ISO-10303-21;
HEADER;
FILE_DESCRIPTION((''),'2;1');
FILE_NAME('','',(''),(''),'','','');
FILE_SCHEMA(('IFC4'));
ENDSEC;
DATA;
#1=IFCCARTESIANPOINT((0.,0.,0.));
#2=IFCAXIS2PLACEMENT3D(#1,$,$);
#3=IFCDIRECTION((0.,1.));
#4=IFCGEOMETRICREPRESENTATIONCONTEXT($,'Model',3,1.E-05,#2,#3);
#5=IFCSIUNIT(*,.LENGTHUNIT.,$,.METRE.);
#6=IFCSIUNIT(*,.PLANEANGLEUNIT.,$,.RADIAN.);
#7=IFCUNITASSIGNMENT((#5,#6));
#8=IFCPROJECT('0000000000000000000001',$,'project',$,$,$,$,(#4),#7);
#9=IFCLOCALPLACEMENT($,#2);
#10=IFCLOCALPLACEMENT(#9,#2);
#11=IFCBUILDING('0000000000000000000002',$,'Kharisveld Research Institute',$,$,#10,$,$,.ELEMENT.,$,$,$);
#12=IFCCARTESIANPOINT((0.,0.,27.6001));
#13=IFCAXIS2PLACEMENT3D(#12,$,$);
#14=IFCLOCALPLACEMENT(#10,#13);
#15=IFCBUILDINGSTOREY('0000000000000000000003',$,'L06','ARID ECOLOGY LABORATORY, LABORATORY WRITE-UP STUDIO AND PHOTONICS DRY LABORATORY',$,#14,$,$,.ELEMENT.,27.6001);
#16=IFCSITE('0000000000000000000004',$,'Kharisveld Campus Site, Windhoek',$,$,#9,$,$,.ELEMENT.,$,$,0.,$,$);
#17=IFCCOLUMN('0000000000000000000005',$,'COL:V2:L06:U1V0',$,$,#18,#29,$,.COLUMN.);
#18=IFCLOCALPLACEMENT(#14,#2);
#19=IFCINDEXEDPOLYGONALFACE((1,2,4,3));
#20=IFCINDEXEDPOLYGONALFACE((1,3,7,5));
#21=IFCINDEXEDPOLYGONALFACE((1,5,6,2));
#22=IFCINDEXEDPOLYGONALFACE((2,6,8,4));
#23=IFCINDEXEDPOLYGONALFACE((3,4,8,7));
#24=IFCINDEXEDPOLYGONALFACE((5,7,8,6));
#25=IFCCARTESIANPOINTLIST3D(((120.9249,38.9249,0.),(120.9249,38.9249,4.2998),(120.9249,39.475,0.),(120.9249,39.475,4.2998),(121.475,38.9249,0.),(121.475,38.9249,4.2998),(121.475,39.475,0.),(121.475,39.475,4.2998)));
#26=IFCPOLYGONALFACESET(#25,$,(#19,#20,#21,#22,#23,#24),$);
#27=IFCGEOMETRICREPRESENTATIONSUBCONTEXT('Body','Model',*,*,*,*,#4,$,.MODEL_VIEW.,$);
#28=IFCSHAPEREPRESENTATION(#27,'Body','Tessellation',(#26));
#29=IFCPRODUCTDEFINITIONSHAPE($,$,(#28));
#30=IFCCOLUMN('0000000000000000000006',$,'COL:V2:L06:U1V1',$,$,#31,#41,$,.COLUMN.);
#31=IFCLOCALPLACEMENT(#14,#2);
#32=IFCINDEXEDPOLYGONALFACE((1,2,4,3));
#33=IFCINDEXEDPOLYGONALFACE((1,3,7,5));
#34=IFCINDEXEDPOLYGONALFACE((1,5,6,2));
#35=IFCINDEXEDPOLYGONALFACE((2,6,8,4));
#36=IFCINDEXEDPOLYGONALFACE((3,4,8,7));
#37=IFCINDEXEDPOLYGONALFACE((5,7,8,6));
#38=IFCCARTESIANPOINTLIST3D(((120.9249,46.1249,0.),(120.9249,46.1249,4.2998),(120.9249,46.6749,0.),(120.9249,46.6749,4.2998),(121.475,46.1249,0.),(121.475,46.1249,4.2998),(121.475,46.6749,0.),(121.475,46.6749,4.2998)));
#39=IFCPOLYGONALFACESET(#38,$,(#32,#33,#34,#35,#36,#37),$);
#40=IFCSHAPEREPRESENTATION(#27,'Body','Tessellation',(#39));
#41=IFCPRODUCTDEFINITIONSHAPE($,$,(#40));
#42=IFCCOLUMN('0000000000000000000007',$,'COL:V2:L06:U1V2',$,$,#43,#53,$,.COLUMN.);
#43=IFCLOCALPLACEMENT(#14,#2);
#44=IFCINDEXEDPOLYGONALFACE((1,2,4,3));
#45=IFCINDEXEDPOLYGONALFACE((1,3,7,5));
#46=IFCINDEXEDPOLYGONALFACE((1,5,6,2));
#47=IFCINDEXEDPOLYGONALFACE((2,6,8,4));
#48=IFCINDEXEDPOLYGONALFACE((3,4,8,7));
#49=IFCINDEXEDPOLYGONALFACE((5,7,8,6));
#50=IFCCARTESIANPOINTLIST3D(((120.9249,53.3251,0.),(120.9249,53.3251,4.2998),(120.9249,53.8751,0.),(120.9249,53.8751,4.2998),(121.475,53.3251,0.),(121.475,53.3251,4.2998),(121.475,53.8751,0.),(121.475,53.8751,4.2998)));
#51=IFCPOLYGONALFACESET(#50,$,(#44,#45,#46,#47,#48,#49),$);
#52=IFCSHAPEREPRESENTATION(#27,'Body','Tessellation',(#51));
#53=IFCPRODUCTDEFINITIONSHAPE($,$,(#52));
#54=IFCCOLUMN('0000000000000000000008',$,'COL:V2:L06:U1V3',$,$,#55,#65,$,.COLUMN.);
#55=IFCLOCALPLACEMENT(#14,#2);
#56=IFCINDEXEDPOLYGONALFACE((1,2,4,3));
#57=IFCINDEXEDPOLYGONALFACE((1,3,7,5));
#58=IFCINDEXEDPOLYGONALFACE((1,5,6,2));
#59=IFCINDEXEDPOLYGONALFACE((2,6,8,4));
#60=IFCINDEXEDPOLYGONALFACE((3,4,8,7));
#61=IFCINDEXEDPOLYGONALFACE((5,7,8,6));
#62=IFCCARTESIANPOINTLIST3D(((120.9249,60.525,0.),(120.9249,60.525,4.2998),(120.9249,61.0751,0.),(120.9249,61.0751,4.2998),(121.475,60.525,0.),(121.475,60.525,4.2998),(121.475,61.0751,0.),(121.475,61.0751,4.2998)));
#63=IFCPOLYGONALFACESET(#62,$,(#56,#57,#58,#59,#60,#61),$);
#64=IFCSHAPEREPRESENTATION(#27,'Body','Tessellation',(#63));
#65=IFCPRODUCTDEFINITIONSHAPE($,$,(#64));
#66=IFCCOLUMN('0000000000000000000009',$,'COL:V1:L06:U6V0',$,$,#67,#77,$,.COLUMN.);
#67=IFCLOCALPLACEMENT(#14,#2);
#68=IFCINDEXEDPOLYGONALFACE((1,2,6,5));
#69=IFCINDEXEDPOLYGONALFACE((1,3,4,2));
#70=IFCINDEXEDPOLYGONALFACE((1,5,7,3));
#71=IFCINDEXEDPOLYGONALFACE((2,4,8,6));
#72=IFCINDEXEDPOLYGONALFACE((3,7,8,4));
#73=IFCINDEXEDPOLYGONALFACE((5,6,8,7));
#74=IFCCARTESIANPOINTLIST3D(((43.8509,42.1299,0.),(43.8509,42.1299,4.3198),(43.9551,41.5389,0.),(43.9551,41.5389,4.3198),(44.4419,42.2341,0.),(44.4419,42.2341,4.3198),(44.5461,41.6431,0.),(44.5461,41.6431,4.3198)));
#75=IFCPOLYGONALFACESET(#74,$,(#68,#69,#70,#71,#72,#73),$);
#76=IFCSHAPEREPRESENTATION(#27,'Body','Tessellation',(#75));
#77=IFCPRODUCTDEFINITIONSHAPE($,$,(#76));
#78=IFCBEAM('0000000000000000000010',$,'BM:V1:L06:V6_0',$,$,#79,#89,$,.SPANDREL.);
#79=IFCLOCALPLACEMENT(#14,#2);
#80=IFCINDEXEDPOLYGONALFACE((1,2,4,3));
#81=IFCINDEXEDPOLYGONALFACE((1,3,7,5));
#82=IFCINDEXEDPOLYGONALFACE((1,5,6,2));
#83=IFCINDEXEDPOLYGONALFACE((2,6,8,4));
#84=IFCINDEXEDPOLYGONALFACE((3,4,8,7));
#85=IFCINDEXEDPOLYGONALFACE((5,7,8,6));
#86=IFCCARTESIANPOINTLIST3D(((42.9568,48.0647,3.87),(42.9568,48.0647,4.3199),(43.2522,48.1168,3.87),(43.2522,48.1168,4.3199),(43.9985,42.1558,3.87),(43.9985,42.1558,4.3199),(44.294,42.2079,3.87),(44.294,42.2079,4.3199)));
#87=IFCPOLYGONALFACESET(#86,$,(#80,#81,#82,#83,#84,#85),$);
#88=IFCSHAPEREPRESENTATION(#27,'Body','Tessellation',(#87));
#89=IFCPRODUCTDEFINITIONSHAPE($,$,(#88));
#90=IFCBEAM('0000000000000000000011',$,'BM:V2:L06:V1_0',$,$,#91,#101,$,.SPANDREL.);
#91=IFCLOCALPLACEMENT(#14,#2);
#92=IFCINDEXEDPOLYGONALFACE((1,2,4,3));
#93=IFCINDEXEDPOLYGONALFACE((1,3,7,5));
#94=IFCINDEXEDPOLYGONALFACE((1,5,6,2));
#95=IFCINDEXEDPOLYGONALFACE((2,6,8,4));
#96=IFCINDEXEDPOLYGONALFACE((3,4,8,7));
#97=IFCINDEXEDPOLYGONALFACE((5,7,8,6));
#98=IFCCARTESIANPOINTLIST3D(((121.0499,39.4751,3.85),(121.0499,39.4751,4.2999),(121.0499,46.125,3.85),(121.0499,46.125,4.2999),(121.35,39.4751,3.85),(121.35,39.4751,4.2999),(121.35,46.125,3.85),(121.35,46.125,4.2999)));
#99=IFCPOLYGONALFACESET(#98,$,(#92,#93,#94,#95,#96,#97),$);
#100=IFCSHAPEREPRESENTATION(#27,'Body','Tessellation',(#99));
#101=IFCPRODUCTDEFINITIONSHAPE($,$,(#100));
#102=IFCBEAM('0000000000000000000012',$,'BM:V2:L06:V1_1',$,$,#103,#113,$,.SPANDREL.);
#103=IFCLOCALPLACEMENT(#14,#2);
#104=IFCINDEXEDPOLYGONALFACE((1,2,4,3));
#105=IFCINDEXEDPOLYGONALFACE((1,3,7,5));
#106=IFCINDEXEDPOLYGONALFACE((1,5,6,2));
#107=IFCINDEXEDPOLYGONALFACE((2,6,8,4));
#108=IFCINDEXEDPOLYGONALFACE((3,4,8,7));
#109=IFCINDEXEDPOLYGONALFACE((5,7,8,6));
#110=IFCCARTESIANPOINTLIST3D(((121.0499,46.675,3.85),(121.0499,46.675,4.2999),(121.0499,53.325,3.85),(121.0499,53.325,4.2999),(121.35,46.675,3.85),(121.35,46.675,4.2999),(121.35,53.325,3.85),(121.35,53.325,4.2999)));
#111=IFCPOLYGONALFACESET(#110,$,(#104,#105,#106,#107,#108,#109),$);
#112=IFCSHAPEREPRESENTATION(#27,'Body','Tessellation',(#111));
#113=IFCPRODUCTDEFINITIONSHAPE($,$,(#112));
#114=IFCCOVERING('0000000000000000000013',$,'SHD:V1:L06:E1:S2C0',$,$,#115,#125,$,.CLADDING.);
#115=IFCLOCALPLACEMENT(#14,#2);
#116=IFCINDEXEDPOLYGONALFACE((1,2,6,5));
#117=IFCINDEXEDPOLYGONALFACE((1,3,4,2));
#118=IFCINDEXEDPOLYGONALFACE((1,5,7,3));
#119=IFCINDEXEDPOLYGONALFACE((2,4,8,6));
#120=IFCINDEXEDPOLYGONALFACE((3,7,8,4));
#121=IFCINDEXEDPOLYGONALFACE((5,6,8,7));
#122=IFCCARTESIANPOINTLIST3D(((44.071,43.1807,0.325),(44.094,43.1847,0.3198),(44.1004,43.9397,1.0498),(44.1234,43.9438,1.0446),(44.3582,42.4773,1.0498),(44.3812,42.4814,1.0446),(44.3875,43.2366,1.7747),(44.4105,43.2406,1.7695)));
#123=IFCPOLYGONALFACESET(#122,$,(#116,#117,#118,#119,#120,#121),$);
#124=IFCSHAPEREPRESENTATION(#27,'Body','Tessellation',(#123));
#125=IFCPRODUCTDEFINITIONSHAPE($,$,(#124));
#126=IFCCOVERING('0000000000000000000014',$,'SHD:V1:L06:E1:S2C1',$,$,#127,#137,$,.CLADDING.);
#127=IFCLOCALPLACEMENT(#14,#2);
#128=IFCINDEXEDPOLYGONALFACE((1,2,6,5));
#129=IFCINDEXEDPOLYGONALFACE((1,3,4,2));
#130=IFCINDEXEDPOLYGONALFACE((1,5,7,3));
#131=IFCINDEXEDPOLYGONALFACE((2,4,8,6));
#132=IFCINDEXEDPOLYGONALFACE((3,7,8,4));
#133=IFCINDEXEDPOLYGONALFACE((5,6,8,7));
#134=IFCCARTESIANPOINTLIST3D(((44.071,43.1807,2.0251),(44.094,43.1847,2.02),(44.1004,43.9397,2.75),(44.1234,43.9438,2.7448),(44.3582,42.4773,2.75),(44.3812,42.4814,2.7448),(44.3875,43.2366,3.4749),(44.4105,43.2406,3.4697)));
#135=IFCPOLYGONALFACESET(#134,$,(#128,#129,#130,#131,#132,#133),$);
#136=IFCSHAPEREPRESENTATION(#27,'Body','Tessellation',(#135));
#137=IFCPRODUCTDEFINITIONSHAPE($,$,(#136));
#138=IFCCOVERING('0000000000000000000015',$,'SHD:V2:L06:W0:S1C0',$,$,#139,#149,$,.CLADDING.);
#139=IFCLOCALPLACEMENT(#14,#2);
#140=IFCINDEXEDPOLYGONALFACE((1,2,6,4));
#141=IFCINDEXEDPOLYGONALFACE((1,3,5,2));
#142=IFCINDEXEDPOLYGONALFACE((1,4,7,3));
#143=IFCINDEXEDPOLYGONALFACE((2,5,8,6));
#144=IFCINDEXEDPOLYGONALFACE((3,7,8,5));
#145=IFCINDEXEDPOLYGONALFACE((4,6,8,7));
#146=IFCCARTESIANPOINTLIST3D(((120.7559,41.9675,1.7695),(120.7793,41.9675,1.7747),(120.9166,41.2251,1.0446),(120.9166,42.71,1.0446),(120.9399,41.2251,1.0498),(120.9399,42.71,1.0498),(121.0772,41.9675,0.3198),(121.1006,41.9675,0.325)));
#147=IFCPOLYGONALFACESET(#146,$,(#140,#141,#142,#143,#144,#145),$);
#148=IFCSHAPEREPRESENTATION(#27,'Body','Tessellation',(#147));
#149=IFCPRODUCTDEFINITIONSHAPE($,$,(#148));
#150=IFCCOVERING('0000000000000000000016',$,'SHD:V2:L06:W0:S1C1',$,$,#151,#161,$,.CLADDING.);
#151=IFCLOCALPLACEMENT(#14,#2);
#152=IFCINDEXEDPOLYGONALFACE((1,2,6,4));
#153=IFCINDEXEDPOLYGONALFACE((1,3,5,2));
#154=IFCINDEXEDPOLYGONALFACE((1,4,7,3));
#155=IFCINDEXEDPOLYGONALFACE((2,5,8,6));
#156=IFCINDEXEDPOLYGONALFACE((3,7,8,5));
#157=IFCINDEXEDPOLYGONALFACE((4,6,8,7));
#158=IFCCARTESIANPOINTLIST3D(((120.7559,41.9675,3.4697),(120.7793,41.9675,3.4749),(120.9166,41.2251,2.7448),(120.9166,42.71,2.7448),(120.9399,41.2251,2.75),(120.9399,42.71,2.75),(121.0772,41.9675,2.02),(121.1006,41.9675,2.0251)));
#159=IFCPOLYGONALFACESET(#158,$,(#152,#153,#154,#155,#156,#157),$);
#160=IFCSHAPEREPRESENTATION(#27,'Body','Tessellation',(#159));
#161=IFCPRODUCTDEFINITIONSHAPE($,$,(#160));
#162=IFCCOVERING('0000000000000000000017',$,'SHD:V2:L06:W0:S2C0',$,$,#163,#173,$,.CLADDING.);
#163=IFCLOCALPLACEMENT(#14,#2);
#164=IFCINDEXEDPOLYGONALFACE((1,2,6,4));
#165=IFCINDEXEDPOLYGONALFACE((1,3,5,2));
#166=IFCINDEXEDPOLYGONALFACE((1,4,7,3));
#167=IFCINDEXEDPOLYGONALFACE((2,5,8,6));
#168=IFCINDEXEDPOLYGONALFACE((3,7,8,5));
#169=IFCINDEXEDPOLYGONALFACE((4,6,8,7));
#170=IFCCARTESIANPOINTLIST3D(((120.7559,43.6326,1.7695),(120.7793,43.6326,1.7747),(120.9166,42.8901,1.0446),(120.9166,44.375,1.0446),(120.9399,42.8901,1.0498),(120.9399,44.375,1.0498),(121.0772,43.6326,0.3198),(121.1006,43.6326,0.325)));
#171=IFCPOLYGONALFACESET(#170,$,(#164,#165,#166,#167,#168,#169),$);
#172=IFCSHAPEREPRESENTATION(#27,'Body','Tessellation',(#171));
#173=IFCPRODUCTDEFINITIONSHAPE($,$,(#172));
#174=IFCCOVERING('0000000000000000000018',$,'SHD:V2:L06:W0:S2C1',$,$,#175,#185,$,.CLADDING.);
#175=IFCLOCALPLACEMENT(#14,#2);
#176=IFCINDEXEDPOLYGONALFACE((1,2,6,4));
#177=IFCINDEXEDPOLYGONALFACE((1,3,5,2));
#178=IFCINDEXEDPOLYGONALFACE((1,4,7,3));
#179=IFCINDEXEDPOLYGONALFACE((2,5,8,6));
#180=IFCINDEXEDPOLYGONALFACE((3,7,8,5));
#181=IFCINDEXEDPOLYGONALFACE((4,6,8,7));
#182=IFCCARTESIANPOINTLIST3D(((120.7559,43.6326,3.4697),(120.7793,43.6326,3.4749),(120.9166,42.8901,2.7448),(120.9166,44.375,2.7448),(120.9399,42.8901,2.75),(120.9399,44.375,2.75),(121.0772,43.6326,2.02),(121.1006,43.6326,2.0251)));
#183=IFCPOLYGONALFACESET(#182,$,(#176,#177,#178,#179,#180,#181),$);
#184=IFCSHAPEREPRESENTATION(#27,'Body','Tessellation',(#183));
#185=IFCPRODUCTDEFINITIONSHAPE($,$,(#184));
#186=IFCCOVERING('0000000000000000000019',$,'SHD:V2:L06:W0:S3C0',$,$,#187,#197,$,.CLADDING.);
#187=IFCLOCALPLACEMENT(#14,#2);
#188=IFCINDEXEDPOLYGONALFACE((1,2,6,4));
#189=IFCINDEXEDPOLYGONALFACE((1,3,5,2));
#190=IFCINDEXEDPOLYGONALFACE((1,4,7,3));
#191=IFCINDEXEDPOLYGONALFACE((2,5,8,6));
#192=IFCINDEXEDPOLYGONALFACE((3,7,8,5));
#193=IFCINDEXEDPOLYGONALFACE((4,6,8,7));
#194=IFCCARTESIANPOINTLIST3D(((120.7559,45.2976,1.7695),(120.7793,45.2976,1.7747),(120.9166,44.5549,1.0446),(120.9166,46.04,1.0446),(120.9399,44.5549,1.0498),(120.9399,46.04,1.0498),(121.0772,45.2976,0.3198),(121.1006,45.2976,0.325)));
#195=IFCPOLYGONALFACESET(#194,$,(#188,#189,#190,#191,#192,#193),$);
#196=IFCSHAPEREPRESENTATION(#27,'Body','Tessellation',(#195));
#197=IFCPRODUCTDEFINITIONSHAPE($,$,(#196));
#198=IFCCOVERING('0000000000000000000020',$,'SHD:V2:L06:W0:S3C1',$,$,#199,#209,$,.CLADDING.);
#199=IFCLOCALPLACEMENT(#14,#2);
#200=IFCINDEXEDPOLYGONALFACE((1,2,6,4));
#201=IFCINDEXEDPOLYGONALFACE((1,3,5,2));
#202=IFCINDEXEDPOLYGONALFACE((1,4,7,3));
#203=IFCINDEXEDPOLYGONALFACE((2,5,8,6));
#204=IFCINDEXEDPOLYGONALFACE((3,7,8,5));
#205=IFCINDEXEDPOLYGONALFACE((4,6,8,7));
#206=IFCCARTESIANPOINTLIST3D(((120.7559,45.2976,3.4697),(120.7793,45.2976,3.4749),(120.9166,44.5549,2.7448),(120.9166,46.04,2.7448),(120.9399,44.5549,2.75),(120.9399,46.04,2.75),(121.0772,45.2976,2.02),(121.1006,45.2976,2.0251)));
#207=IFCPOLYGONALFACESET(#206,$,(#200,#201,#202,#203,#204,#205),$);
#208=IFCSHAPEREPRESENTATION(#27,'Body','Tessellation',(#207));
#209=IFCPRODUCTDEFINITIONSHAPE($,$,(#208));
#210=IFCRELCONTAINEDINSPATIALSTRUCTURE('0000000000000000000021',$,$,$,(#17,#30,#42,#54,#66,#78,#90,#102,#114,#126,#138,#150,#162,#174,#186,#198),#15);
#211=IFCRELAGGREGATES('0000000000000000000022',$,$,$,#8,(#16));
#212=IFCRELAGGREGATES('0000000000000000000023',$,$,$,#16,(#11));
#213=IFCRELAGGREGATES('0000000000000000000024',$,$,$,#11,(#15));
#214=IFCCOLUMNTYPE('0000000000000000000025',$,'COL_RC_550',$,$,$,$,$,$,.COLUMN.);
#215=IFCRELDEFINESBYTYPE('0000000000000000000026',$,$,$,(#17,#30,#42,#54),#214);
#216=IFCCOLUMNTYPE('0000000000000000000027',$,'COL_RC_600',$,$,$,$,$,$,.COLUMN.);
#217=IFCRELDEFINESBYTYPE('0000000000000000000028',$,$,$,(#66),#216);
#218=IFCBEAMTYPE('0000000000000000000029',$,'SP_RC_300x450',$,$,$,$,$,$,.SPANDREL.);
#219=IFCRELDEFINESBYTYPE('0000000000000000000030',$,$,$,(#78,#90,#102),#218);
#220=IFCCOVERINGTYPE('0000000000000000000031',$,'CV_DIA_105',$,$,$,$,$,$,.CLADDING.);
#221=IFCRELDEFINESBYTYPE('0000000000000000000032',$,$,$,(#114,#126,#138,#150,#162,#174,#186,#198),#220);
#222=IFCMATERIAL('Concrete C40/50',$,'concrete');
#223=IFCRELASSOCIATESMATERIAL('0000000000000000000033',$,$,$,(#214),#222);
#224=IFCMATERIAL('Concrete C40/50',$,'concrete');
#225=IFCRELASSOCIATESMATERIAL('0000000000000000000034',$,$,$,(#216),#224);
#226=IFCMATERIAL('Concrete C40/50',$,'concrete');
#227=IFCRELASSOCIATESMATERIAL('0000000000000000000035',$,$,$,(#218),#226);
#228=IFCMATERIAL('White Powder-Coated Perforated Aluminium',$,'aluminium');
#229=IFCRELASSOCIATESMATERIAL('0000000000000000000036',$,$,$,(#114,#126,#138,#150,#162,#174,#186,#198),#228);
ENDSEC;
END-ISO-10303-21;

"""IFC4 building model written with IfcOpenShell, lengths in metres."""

from ifc_helpers import new_model, si_unit, direction, frame, origin, origin_2d, place, context, subcontext, project, spatial, polyline, rectangle, outline, extrude, material, material_profile, profile_set, type_object, element, save


model = new_model("IFC4")

# Units and contexts
model_context = context("Model", 3, precision=1e-05, world=origin(), true_north=direction((0.0, 1.0)))
body_context = subcontext(model_context, "Body", "Model", "MODEL_VIEW")
ifc_project = project(units=[si_unit("LENGTHUNIT", "METRE"), si_unit("PLANEANGLEUNIT", "RADIAN")], contexts=[model_context])

# Site, building, storey
site_placement = place(None, origin())
site = spatial("IfcSite", under=ifc_project, at=site_placement, Name="Kharisveld Campus Site, Windhoek", CompositionType="ELEMENT", RefElevation=0.0)
building_placement = place(site_placement, origin())
building = spatial("IfcBuilding", under=site, at=building_placement, Name="Kharisveld Research Institute", CompositionType="ELEMENT")
storey_placement = place(building_placement, frame((0.0, 0.0, 27.6001)))
storey = spatial("IfcBuildingStorey", under=building, at=storey_placement, Name="L06", Description="ARID ECOLOGY LABORATORY, LABORATORY WRITE-UP STUDIO AND PHOTONICS DRY LABORATORY", CompositionType="ELEMENT", Elevation=27.6001)

# Columns
ifc_material_1 = material(Name="Concrete C40/50", Category="concrete")
ifc_material_profile_1 = material_profile(ifc_material_1, rectangle(XDim=0.55, YDim=0.55, at=origin_2d()))
ifc_profile_set_1 = profile_set([ifc_material_profile_1], Name="Concrete C40/50")
column_type_1 = type_object("IfcColumnType", Name="COL_RC_550", PredefinedType="COLUMN", material=ifc_profile_set_1)
for number, where, z_axis, x_axis, name in (
    (1, (121.2, 39.2, 0.0), (0.0, 0.0, 1.0), (1.0, 0.0, 0.0), "COL:V2:L06:U1V0"),
    (2, (121.2, 46.3999, 0.0), (0.0, 0.0, 1.0), (1.0, 0.0, 0.0), "COL:V2:L06:U1V1"),
    (3, (121.2, 53.6001, 0.0), (0.0, 0.0, 1.0), (1.0, 0.0, 0.0), "COL:V2:L06:U1V2"),
    (4, (121.2, 60.8, 0.0), (0.0, 0.0, 1.0), (1.0, 0.0, 0.0), "COL:V2:L06:U1V3"),
):
    element("IfcColumn", number, at=place(storey_placement, frame(where, z_axis=z_axis, x_axis=x_axis)), inside=storey, type_object=column_type_1, Name=name, PredefinedType="COLUMN", context=body_context, shape_type="SweptSolid", body=[
        extrude(rectangle(XDim=0.55, YDim=0.55, at=origin_2d()), origin(), (0.0, 0.0, 1.0), 4.2998),
    ])
ifc_material_2 = material(Name="Concrete C40/50", Category="concrete")
ifc_material_profile_2 = material_profile(ifc_material_2, rectangle(XDim=0.6001, YDim=0.6001, at=origin_2d()))
ifc_profile_set_2 = profile_set([ifc_material_profile_2], Name="Concrete C40/50")
column_type_2 = type_object("IfcColumnType", Name="COL_RC_600", PredefinedType="COLUMN", material=ifc_profile_set_2)
column_placement = place(storey_placement, frame((44.1985, 41.8865, 0.0), z_axis=(0.0, 0.0, 1.0), x_axis=(0.984808, 0.173648, 0.0)))
element("IfcColumn", 5, at=column_placement, inside=storey, type_object=column_type_2, Name="COL:V1:L06:U6V0", PredefinedType="COLUMN", context=body_context, shape_type="SweptSolid", body=[
    extrude(rectangle(XDim=0.6001, YDim=0.6001, at=origin_2d()), origin(), (0.0, 0.0, 1.0), 4.3198),
])

# Beams
ifc_material_3 = material(Name="Concrete C40/50", Category="concrete")
ifc_material_profile_3 = material_profile(ifc_material_3, rectangle(XDim=0.3, YDim=0.45, at=origin_2d()))
ifc_profile_set_3 = profile_set([ifc_material_profile_3], Name="Concrete C40/50")
beam_type = type_object("IfcBeamType", Name="SP_RC_300x450", PredefinedType="SPANDREL", material=ifc_profile_set_3)
beam_placement = place(storey_placement, frame((44.1462, 42.1819, 4.095), z_axis=(-0.173623, 0.984812, 0.0), x_axis=(-0.984812, -0.173623, 0.0)))
element("IfcBeam", 6, at=beam_placement, inside=storey, type_object=beam_type, Name="BM:V1:L06:V6_0", PredefinedType="SPANDREL", context=body_context, shape_type="SweptSolid", body=[
    extrude(rectangle(XDim=0.3, YDim=0.45, at=origin_2d()), origin(), (0.0, 0.0, 1.0), 6.0),
])
for number, where, z_axis, x_axis, name in (
    (7, (121.2, 39.4751, 4.075), (0.0, 1.0, 0.0), (-1.0, 0.0, 0.0), "BM:V2:L06:V1_0"),
    (8, (121.2, 46.675, 4.075), (0.0, 1.0, 0.0), (-1.0, 0.0, 0.0), "BM:V2:L06:V1_1"),
):
    element("IfcBeam", number, at=place(storey_placement, frame(where, z_axis=z_axis, x_axis=x_axis)), inside=storey, type_object=beam_type, Name=name, PredefinedType="SPANDREL", context=body_context, shape_type="SweptSolid", body=[
        extrude(rectangle(XDim=0.3, YDim=0.45, at=origin_2d()), origin(), (0.0, 0.0, 1.0), 6.6499),
    ])

# Coverings
ifc_material_4 = material(Name="White Powder-Coated Perforated Aluminium", Category="aluminium")
covering_type = type_object("IfcCoveringType", Name="CV_DIA_105", PredefinedType="CLADDING")
for number, where, z_axis, x_axis, name in (
    (9, (44.071, 43.1807, 0.325), (-0.961481, -0.169503, 0.216385), (0.273447, -0.66985, 0.69031), "SHD:V1:L06:E1:S2C0"),
    (10, (44.071, 43.1807, 2.0251), (-0.961481, -0.169503, 0.216385), (0.273447, -0.66985, 0.69031), "SHD:V1:L06:E1:S2C1"),
):
    element("IfcCovering", number, at=place(storey_placement, frame(where, z_axis=z_axis, x_axis=x_axis)), inside=storey, type_object=covering_type, material=ifc_material_4, Name=name, PredefinedType="CLADDING", context=body_context, shape_type="SweptSolid", body=[
        extrude(outline(polyline([(0.0, 0.0), (1.05, 0.0), (1.0498, 1.0501), (-0.0001, 1.05), (0.0, 0.0)])), origin(), (0.0, 0.0, -1.0), 0.0239),
    ])
for number, where, z_axis, x_axis, name in (
    (11, (121.1006, 41.9675, 0.325), (0.976311, 0.0, 0.216373), (-0.153, 0.707102, 0.69036), "SHD:V2:L06:W0:S1C0"),
    (12, (121.1006, 41.9675, 2.0251), (0.976311, 0.0, 0.216373), (-0.153, 0.707102, 0.69036), "SHD:V2:L06:W0:S1C1"),
    (13, (121.1006, 43.6326, 0.325), (0.976311, 0.0, 0.216373), (-0.153, 0.707102, 0.69036), "SHD:V2:L06:W0:S2C0"),
    (14, (121.1006, 43.6326, 2.0251), (0.976311, 0.0, 0.216373), (-0.153, 0.707102, 0.69036), "SHD:V2:L06:W0:S2C1"),
):
    element("IfcCovering", number, at=place(storey_placement, frame(where, z_axis=z_axis, x_axis=x_axis)), inside=storey, type_object=covering_type, material=ifc_material_4, Name=name, PredefinedType="CLADDING", context=body_context, shape_type="SweptSolid", body=[
        extrude(outline(polyline([(0.0, 0.0), (1.05, 0.0), (1.05, 1.05), (0.0, 1.05), (0.0, 0.0)])), origin(), (0.0, 0.0, -1.0), 0.0239),
    ])
for number, where, z_axis, x_axis, name in (
    (15, (121.1006, 45.2976, 0.325), (0.976311, 0.0, 0.216373), (-0.153, 0.707102, 0.69036), "SHD:V2:L06:W0:S3C0"),
    (16, (121.1006, 45.2976, 2.0251), (0.976311, 0.0, 0.216373), (-0.153, 0.707102, 0.69036), "SHD:V2:L06:W0:S3C1"),
):
    element("IfcCovering", number, at=place(storey_placement, frame(where, z_axis=z_axis, x_axis=x_axis)), inside=storey, type_object=covering_type, material=ifc_material_4, Name=name, PredefinedType="CLADDING", context=body_context, shape_type="SweptSolid", body=[
        extrude(outline(polyline([(0.0, 0.0), (1.05, 0.0), (1.05, 1.05), (-0.0002, 1.0501), (0.0, 0.0)])), origin(), (0.0, 0.0, -1.0), 0.0239),
    ])

save(model, "model.ifc")
